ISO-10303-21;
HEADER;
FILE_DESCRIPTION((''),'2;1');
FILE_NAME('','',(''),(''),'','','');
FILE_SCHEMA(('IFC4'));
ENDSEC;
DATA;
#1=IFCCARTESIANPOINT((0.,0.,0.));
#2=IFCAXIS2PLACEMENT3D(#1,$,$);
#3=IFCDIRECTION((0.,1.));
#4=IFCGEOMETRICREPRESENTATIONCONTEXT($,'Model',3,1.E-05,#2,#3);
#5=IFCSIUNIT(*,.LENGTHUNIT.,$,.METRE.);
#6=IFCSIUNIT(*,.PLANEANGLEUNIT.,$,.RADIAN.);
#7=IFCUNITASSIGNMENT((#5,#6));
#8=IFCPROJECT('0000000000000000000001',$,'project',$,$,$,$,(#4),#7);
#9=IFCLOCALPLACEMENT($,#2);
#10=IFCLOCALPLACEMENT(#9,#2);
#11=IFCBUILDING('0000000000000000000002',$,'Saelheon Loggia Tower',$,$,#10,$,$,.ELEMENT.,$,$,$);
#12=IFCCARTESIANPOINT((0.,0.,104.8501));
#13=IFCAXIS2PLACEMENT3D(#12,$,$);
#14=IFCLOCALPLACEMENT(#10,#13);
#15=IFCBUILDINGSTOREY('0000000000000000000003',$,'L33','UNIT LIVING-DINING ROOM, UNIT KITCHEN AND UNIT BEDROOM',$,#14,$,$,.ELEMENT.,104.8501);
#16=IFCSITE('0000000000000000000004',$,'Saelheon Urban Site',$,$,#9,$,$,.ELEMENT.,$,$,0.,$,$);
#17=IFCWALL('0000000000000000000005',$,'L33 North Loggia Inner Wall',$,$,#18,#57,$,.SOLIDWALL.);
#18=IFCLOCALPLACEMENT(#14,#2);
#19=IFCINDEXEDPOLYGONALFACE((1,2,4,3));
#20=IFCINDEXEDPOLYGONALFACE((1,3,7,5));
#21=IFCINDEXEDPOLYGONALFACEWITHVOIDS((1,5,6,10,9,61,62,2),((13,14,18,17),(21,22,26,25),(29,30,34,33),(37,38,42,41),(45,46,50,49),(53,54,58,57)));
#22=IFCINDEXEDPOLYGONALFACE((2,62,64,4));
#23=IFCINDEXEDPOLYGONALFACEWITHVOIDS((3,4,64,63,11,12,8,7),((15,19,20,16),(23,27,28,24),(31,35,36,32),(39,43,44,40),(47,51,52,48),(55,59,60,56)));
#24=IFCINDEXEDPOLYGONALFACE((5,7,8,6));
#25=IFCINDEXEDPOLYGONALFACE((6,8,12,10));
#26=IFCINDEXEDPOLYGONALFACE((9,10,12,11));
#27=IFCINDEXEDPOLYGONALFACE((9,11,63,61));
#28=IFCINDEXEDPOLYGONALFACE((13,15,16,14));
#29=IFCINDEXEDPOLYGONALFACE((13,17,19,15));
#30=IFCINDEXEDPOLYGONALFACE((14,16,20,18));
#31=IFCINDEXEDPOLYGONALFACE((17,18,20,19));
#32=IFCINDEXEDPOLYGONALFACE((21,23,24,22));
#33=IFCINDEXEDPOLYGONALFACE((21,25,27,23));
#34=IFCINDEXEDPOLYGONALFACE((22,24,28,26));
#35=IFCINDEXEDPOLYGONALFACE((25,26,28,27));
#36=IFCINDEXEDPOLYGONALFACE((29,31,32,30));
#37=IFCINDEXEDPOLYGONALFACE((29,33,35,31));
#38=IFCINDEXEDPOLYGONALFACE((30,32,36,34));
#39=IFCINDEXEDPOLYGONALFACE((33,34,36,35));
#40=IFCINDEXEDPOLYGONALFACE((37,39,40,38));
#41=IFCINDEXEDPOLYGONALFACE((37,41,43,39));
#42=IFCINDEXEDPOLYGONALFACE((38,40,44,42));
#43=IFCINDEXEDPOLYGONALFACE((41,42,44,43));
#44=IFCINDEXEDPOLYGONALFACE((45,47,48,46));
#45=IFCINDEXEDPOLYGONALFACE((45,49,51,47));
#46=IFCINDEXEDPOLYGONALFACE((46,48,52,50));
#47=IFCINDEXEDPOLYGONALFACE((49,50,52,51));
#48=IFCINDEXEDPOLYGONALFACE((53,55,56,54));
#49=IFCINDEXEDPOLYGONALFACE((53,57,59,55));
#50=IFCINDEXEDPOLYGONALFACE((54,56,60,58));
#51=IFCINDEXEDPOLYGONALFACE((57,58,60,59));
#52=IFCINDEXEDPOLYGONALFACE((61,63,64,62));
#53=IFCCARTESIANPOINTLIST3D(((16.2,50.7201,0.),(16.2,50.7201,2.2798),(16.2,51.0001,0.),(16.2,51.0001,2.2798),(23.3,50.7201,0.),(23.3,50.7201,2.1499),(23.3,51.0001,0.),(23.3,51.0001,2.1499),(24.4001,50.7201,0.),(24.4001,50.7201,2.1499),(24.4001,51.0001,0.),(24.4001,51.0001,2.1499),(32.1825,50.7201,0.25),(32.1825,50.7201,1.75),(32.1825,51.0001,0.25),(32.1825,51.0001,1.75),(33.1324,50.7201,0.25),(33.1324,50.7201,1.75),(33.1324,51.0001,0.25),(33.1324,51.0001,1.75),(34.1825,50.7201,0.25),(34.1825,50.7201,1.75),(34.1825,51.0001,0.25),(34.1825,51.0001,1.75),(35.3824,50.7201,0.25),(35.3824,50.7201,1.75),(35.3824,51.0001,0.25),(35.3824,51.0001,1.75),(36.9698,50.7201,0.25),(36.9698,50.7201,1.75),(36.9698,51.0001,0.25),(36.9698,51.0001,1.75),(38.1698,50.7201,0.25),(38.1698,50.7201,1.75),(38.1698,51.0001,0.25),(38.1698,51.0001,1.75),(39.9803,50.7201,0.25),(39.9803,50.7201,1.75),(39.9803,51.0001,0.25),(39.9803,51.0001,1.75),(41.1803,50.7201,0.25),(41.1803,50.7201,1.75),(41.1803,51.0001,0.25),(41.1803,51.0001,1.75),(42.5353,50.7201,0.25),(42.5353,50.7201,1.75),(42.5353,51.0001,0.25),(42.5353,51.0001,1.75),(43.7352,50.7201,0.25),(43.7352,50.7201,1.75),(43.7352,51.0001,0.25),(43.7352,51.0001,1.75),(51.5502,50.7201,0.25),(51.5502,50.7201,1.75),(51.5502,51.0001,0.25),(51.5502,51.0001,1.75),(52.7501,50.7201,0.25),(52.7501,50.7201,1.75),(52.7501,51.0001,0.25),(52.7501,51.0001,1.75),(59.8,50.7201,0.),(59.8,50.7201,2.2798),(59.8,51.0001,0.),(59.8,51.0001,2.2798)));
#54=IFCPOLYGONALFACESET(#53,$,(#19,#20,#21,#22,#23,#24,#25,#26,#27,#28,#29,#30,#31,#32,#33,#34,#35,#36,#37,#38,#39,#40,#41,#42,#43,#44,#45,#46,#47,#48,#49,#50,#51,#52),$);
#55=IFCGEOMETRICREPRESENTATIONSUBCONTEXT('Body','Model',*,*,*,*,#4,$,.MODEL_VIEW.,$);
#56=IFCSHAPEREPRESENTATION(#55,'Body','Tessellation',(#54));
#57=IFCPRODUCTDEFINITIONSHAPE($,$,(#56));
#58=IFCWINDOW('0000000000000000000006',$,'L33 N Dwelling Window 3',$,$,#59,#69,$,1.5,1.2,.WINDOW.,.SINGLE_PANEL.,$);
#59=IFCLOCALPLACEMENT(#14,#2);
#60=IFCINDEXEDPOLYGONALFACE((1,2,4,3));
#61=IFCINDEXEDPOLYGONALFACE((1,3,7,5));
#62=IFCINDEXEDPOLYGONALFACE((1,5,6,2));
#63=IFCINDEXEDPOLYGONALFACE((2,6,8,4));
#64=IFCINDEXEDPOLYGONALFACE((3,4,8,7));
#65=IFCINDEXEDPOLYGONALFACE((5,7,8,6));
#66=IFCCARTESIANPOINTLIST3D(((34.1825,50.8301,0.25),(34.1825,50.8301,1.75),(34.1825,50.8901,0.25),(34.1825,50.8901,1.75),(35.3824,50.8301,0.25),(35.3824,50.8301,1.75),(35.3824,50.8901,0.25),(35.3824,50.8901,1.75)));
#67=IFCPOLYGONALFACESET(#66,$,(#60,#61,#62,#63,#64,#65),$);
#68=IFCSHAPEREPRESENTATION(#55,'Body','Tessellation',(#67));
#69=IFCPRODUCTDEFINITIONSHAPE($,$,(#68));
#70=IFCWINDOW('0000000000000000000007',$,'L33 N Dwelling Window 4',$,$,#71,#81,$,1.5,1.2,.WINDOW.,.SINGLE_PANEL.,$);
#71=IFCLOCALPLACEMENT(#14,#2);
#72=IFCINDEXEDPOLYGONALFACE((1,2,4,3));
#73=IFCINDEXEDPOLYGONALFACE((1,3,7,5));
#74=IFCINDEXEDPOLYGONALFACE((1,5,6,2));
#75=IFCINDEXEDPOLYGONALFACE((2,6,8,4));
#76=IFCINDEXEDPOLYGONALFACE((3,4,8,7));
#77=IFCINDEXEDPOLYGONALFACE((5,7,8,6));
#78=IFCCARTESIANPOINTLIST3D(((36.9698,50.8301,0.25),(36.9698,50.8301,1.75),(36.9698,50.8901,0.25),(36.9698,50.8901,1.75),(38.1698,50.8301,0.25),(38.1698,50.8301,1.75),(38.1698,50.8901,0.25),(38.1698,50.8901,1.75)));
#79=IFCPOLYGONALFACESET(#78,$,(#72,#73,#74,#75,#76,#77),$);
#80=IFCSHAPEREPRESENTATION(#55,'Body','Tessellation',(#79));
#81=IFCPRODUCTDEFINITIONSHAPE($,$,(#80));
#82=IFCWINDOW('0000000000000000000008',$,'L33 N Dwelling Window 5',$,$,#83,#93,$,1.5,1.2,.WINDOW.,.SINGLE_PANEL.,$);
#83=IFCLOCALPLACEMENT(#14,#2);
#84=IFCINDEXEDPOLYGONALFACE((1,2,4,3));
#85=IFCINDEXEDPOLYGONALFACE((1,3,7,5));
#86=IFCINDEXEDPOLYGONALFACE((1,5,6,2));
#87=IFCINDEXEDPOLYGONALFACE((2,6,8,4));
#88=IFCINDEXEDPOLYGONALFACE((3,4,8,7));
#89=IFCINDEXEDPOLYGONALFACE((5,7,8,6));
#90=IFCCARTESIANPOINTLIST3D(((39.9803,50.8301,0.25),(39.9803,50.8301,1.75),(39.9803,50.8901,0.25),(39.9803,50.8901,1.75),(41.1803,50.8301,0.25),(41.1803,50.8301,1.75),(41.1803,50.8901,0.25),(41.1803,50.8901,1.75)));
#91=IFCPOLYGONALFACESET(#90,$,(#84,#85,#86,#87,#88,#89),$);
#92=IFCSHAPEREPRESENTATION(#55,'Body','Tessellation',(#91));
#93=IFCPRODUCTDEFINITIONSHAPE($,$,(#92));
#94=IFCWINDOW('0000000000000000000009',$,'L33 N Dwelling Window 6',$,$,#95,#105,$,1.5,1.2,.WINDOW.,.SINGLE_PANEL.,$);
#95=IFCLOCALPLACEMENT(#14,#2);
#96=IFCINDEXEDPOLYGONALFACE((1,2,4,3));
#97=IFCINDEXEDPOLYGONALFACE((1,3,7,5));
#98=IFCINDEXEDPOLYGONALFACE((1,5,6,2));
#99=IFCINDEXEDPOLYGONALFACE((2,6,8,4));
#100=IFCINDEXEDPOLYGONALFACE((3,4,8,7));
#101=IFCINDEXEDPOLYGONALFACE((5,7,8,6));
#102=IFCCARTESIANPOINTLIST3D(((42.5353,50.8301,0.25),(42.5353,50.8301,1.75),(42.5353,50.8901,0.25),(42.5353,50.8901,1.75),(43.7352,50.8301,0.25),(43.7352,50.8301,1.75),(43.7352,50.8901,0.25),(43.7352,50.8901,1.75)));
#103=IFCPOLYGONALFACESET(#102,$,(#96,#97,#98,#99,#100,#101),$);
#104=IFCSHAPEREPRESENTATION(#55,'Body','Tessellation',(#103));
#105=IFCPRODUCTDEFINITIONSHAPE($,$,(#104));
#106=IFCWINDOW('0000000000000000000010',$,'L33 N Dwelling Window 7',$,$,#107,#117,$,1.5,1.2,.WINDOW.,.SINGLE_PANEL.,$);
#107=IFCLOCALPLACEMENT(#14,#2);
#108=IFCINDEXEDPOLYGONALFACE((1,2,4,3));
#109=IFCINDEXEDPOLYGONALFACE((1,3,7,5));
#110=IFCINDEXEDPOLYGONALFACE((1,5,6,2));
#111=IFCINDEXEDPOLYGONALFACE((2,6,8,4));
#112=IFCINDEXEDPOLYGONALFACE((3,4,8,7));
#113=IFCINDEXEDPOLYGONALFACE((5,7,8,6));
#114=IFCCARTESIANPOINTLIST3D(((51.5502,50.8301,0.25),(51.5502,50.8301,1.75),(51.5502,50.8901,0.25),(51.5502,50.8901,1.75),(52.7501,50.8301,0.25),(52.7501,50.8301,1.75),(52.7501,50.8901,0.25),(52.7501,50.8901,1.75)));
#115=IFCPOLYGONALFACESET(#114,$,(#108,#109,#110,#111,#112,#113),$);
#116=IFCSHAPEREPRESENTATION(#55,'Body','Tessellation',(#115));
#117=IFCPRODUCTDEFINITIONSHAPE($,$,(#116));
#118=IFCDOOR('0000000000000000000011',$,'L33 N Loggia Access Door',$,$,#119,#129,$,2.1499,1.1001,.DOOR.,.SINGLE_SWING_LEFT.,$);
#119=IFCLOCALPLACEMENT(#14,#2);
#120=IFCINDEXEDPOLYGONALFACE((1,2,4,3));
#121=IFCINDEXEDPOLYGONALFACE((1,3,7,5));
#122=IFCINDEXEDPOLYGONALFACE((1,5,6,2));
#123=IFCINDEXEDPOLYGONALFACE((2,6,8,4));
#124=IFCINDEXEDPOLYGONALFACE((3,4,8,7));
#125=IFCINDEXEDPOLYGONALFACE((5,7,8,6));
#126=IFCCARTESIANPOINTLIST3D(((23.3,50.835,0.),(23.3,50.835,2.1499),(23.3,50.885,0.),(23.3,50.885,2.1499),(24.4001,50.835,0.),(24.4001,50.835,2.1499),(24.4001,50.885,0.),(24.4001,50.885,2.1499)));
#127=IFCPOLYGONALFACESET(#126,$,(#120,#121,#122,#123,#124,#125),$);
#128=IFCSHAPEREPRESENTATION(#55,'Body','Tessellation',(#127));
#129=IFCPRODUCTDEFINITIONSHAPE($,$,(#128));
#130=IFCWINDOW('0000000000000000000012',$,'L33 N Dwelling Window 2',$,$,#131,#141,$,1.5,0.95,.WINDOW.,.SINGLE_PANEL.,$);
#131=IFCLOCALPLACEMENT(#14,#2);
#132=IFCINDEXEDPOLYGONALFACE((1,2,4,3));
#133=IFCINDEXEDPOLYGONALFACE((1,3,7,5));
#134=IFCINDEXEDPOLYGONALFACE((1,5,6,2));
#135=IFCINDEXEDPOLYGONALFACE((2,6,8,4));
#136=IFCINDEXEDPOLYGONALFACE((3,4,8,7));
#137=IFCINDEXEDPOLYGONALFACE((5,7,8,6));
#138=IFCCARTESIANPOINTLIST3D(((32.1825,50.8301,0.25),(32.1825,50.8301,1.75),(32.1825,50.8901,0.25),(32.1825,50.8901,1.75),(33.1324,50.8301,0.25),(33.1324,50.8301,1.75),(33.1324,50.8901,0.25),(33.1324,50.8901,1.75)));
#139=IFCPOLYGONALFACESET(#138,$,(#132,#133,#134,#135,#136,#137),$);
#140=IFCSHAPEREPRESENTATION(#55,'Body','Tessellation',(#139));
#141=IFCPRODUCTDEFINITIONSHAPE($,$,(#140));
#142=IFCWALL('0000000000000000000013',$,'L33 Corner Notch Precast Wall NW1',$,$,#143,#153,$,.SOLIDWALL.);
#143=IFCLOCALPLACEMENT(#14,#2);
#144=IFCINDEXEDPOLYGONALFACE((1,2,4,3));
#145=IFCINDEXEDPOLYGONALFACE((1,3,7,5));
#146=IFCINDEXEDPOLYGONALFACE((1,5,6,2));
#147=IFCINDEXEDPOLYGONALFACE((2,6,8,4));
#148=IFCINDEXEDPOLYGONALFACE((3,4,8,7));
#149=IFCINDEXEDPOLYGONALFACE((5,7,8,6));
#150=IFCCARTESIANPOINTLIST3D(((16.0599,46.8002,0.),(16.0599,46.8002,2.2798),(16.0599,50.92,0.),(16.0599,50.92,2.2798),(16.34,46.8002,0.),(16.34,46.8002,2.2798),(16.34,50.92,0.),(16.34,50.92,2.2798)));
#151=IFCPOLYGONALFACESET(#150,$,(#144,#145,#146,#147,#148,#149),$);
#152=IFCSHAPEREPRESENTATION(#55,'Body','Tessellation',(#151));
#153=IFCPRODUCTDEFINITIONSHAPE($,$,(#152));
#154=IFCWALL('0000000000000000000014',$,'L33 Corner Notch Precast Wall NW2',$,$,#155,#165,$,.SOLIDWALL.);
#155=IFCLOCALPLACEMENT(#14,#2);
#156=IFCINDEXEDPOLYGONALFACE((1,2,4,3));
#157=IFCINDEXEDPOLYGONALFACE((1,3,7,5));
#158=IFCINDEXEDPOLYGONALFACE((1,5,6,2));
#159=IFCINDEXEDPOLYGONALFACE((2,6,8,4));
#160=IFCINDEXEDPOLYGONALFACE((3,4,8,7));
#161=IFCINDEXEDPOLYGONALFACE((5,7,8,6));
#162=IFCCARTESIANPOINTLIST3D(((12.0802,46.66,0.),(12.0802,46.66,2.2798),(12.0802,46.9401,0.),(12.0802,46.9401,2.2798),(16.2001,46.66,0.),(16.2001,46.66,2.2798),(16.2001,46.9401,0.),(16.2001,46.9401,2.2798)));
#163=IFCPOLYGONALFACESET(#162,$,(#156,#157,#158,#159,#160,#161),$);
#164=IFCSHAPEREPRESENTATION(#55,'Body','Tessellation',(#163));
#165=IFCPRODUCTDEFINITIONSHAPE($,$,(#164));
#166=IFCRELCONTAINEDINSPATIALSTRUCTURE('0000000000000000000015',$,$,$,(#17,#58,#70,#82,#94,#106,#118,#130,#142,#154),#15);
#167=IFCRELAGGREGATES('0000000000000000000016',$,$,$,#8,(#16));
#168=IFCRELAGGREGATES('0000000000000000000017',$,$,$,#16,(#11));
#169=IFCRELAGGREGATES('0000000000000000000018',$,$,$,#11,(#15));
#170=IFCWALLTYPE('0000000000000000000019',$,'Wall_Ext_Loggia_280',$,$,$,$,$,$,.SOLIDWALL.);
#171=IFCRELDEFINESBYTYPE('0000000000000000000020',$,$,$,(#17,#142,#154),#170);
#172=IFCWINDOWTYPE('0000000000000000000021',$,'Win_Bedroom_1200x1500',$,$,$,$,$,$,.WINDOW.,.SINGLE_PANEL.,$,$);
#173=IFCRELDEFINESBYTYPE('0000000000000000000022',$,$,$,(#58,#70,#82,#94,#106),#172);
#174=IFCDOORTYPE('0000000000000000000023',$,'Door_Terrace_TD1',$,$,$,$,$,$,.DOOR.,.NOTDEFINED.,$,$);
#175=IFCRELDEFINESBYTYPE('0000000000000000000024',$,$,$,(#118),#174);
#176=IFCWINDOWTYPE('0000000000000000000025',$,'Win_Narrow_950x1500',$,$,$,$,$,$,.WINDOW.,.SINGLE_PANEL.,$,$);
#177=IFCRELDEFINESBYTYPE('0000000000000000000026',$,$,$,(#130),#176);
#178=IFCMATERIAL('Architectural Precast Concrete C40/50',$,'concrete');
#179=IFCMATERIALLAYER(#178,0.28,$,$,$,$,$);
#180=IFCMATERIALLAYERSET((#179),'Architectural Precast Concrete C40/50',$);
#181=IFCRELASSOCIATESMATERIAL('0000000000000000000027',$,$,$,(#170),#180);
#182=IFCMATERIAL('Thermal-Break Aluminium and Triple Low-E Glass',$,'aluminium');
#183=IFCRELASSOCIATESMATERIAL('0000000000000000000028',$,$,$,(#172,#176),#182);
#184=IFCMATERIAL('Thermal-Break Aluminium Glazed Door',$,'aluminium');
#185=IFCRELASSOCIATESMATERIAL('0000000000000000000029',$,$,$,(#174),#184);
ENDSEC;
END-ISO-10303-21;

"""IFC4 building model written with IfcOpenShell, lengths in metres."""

from ifc_helpers import new_model, si_unit, direction, frame, frame_2d, origin, place, context, subcontext, project, spatial, rectangle, extrude, source, transform, mapped, material, layer, layer_set, type_object, element, fill, save


model = new_model("IFC4")

# Units and contexts
model_context = context("Model", 3, precision=1e-05, world=origin(), true_north=direction((0.0, 1.0)))
body_context = subcontext(model_context, "Body", "Model", "MODEL_VIEW")
ifc_project = project(units=[si_unit("LENGTHUNIT", "METRE"), si_unit("PLANEANGLEUNIT", "RADIAN")], contexts=[model_context])

# Site, building, storey
site_placement = place(None, origin())
site = spatial("IfcSite", under=ifc_project, at=site_placement, Name="Saelheon Urban Site", CompositionType="ELEMENT", RefElevation=0.0)
building_placement = place(site_placement, origin())
building = spatial("IfcBuilding", under=site, at=building_placement, Name="Saelheon Loggia Tower", CompositionType="ELEMENT")
storey_placement = place(building_placement, frame((0.0, 0.0, 104.8501)))
storey = spatial("IfcBuildingStorey", under=building, at=storey_placement, Name="L33", Description="UNIT LIVING-DINING ROOM, UNIT KITCHEN AND UNIT BEDROOM", CompositionType="ELEMENT", Elevation=104.8501)

# Wall, openings, windows, door
ifc_material_1 = material(Name="Architectural Precast Concrete C40/50", Category="concrete")
ifc_layer_1 = layer(ifc_material_1, 0.28)
ifc_layer_set_1 = layer_set([ifc_layer_1], Name="Architectural Precast Concrete C40/50")
wall_type_1 = type_object("IfcWallType", Name="Wall_Ext_Loggia_280", PredefinedType="SOLIDWALL", material=ifc_layer_set_1)
wall_1_placement = place(storey_placement, frame((16.2, 50.8601, 0.0), z_axis=(0.0, 0.0, 1.0), x_axis=(1.0, 0.0, 0.0)))
wall_1 = element("IfcWall", 1, at=wall_1_placement, inside=storey, type_object=wall_type_1, Name="L33 North Loggia Inner Wall", PredefinedType="SOLIDWALL", context=body_context, shape_type="SweptSolid", body=[
    extrude(rectangle(XDim=43.6001, YDim=0.28, at=frame_2d((21.8, 0.0))), origin(), (0.0, 0.0, 1.0), 2.2798),
])
opening_1_placement = place(wall_1_placement, frame((7.1001, 0.0, 0.0)))
opening_1 = element("IfcOpeningElement", 2, at=opening_1_placement, cuts=wall_1, PredefinedType="OPENING", context=body_context, shape_type="SweptSolid", body=[
    extrude(rectangle(XDim=1.1001, YDim=2.1499, at=frame_2d((0.55, 1.075))), frame((0.0, 0.1521, 0.0), z_axis=(0.0, -1.0, 0.0), x_axis=(1.0, 0.0, 0.0)), (0.0, 0.0, 1.0), 0.304),
])
opening_2_placement = place(wall_1_placement, frame((15.9824, 0.0, 0.25)))
opening_2 = element("IfcOpeningElement", 3, at=opening_2_placement, cuts=wall_1, PredefinedType="OPENING", context=body_context, shape_type="SweptSolid", body=[
    extrude(rectangle(XDim=0.95, YDim=1.5, at=frame_2d((0.4751, 0.75))), frame((0.0, 0.1521, 0.0), z_axis=(0.0, -1.0, 0.0), x_axis=(1.0, 0.0, 0.0)), (0.0, 0.0, 1.0), 0.304),
])
opening_3_placement = place(wall_1_placement, frame((17.9824, 0.0, 0.25)))
opening_3 = element("IfcOpeningElement", 4, at=opening_3_placement, cuts=wall_1, PredefinedType="OPENING", context=body_context, shape_type="SweptSolid", body=[
    extrude(rectangle(XDim=1.2, YDim=1.5, at=frame_2d((0.6001, 0.75))), frame((0.0, 0.1521, 0.0), z_axis=(0.0, -1.0, 0.0), x_axis=(1.0, 0.0, 0.0)), (0.0, 0.0, 1.0), 0.304),
])
opening_4_placement = place(wall_1_placement, frame((20.7698, 0.0, 0.25)))
opening_4 = element("IfcOpeningElement", 5, at=opening_4_placement, cuts=wall_1, PredefinedType="OPENING", context=body_context, shape_type="SweptSolid", body=[
    extrude(rectangle(XDim=1.2, YDim=1.5, at=frame_2d((0.6001, 0.75))), frame((0.0, 0.1521, 0.0), z_axis=(0.0, -1.0, 0.0), x_axis=(1.0, 0.0, 0.0)), (0.0, 0.0, 1.0), 0.304),
])
opening_5_placement = place(wall_1_placement, frame((23.7803, 0.0, 0.25)))
opening_5 = element("IfcOpeningElement", 6, at=opening_5_placement, cuts=wall_1, PredefinedType="OPENING", context=body_context, shape_type="SweptSolid", body=[
    extrude(rectangle(XDim=1.2, YDim=1.5, at=frame_2d((0.6001, 0.75))), frame((0.0, 0.1521, 0.0), z_axis=(0.0, -1.0, 0.0), x_axis=(1.0, 0.0, 0.0)), (0.0, 0.0, 1.0), 0.304),
])
opening_6_placement = place(wall_1_placement, frame((26.3352, 0.0, 0.25)))
opening_6 = element("IfcOpeningElement", 7, at=opening_6_placement, cuts=wall_1, PredefinedType="OPENING", context=body_context, shape_type="SweptSolid", body=[
    extrude(rectangle(XDim=1.2, YDim=1.5, at=frame_2d((0.6001, 0.75))), frame((0.0, 0.1521, 0.0), z_axis=(0.0, -1.0, 0.0), x_axis=(1.0, 0.0, 0.0)), (0.0, 0.0, 1.0), 0.304),
])
opening_7_placement = place(wall_1_placement, frame((35.3501, 0.0, 0.25)))
opening_7 = element("IfcOpeningElement", 8, at=opening_7_placement, cuts=wall_1, PredefinedType="OPENING", context=body_context, shape_type="SweptSolid", body=[
    extrude(rectangle(XDim=1.2, YDim=1.5, at=frame_2d((0.6001, 0.75))), frame((0.0, 0.1521, 0.0), z_axis=(0.0, -1.0, 0.0), x_axis=(1.0, 0.0, 0.0)), (0.0, 0.0, 1.0), 0.304),
])
ifc_material_2 = material(Name="Thermal-Break Aluminium and Triple Low-E Glass", Category="aluminium")
window_type_1 = type_object("IfcWindowType", Name="Win_Bedroom_1200x1500", PartitioningType="SINGLE_PANEL", PredefinedType="WINDOW", material=ifc_material_2)
shared_shape_1 = source(origin(), body_context, "Body", "SweptSolid", [
    extrude(rectangle(XDim=1.2, YDim=1.5, at=frame_2d((0.6001, 0.75))), frame((0.0, 0.03, 0.0), z_axis=(0.0, -1.0, 0.0), x_axis=(1.0, 0.0, 0.0)), (0.0, 0.0, 1.0), 0.0601),
])
window_1_placement = place(opening_3_placement, origin())
window_1 = element("IfcWindow", 9, at=window_1_placement, inside=storey, type_object=window_type_1, Name="L33 N Dwelling Window 3", OverallHeight=1.5, OverallWidth=1.2, PartitioningType="SINGLE_PANEL", PredefinedType="WINDOW", context=body_context, shape_type="MappedRepresentation", body=[
    mapped(shared_shape_1, transform((0.0, 0.0, 0.0), scale=1.0)),
])
fill(opening_3, window_1)
window_2_placement = place(opening_4_placement, origin())
window_2 = element("IfcWindow", 10, at=window_2_placement, inside=storey, type_object=window_type_1, Name="L33 N Dwelling Window 4", OverallHeight=1.5, OverallWidth=1.2, PartitioningType="SINGLE_PANEL", PredefinedType="WINDOW", context=body_context, shape_type="MappedRepresentation", body=[
    mapped(shared_shape_1, transform((0.0, 0.0, 0.0), scale=1.0)),
])
fill(opening_4, window_2)
window_3_placement = place(opening_5_placement, origin())
window_3 = element("IfcWindow", 11, at=window_3_placement, inside=storey, type_object=window_type_1, Name="L33 N Dwelling Window 5", OverallHeight=1.5, OverallWidth=1.2, PartitioningType="SINGLE_PANEL", PredefinedType="WINDOW", context=body_context, shape_type="MappedRepresentation", body=[
    mapped(shared_shape_1, transform((0.0, 0.0, 0.0), scale=1.0)),
])
fill(opening_5, window_3)
window_4_placement = place(opening_6_placement, origin())
window_4 = element("IfcWindow", 12, at=window_4_placement, inside=storey, type_object=window_type_1, Name="L33 N Dwelling Window 6", OverallHeight=1.5, OverallWidth=1.2, PartitioningType="SINGLE_PANEL", PredefinedType="WINDOW", context=body_context, shape_type="MappedRepresentation", body=[
    mapped(shared_shape_1, transform((0.0, 0.0, 0.0), scale=1.0)),
])
fill(opening_6, window_4)
window_5_placement = place(opening_7_placement, origin())
window_5 = element("IfcWindow", 13, at=window_5_placement, inside=storey, type_object=window_type_1, Name="L33 N Dwelling Window 7", OverallHeight=1.5, OverallWidth=1.2, PartitioningType="SINGLE_PANEL", PredefinedType="WINDOW", context=body_context, shape_type="MappedRepresentation", body=[
    mapped(shared_shape_1, transform((0.0, 0.0, 0.0), scale=1.0)),
])
fill(opening_7, window_5)
ifc_material_3 = material(Name="Thermal-Break Aluminium Glazed Door", Category="aluminium")
door_type_1 = type_object("IfcDoorType", Name="Door_Terrace_TD1", OperationType="NOTDEFINED", PredefinedType="DOOR", material=ifc_material_3)
shared_shape_2 = source(origin(), body_context, "Body", "SweptSolid", [
    extrude(rectangle(XDim=1.1001, YDim=2.1499, at=frame_2d((0.55, 1.075))), frame((0.0, 0.0249, 0.0), z_axis=(0.0, -1.0, 0.0), x_axis=(1.0, 0.0, 0.0)), (0.0, 0.0, 1.0), 0.05),
])
door_1_placement = place(opening_1_placement, origin())
door_1 = element("IfcDoor", 14, at=door_1_placement, inside=storey, type_object=door_type_1, Name="L33 N Loggia Access Door", OperationType="SINGLE_SWING_LEFT", OverallHeight=2.1499, OverallWidth=1.1001, PredefinedType="DOOR", context=body_context, shape_type="MappedRepresentation", body=[
    mapped(shared_shape_2, transform((0.0, 0.0, 0.0), scale=1.0)),
])
fill(opening_1, door_1)
window_type_2 = type_object("IfcWindowType", Name="Win_Narrow_950x1500", PartitioningType="SINGLE_PANEL", PredefinedType="WINDOW", material=ifc_material_2)
shared_shape_3 = source(origin(), body_context, "Body", "SweptSolid", [
    extrude(rectangle(XDim=0.95, YDim=1.5, at=frame_2d((0.4751, 0.75))), frame((0.0, 0.03, 0.0), z_axis=(0.0, -1.0, 0.0), x_axis=(1.0, 0.0, 0.0)), (0.0, 0.0, 1.0), 0.0601),
])
window_6_placement = place(opening_2_placement, origin())
window_6 = element("IfcWindow", 15, at=window_6_placement, inside=storey, type_object=window_type_2, Name="L33 N Dwelling Window 2", OverallHeight=1.5, OverallWidth=0.95, PartitioningType="SINGLE_PANEL", PredefinedType="WINDOW", context=body_context, shape_type="MappedRepresentation", body=[
    mapped(shared_shape_3, transform((0.0, 0.0, 0.0), scale=1.0)),
])
fill(opening_2, window_6)

# Walls
for number, where, z_axis, x_axis, name in (
    (16, (16.2, 46.8, 0.0), (0.0, 0.0, 1.0), (0.0, 1.0, 0.0), "L33 Corner Notch Precast Wall NW1"),
    (17, (12.0801, 46.8, 0.0), (0.0, 0.0, 1.0), (1.0, 0.0, 0.0), "L33 Corner Notch Precast Wall NW2"),
):
    element("IfcWall", number, at=place(storey_placement, frame(where, z_axis=z_axis, x_axis=x_axis)), inside=storey, type_object=wall_type_1, Name=name, PredefinedType="SOLIDWALL", context=body_context, shape_type="SweptSolid", body=[
        extrude(rectangle(XDim=4.1199, YDim=0.28, at=frame_2d((2.0601, 0.0))), origin(), (0.0, 0.0, 1.0), 2.2798),
    ])

save(model, "model.ifc")
